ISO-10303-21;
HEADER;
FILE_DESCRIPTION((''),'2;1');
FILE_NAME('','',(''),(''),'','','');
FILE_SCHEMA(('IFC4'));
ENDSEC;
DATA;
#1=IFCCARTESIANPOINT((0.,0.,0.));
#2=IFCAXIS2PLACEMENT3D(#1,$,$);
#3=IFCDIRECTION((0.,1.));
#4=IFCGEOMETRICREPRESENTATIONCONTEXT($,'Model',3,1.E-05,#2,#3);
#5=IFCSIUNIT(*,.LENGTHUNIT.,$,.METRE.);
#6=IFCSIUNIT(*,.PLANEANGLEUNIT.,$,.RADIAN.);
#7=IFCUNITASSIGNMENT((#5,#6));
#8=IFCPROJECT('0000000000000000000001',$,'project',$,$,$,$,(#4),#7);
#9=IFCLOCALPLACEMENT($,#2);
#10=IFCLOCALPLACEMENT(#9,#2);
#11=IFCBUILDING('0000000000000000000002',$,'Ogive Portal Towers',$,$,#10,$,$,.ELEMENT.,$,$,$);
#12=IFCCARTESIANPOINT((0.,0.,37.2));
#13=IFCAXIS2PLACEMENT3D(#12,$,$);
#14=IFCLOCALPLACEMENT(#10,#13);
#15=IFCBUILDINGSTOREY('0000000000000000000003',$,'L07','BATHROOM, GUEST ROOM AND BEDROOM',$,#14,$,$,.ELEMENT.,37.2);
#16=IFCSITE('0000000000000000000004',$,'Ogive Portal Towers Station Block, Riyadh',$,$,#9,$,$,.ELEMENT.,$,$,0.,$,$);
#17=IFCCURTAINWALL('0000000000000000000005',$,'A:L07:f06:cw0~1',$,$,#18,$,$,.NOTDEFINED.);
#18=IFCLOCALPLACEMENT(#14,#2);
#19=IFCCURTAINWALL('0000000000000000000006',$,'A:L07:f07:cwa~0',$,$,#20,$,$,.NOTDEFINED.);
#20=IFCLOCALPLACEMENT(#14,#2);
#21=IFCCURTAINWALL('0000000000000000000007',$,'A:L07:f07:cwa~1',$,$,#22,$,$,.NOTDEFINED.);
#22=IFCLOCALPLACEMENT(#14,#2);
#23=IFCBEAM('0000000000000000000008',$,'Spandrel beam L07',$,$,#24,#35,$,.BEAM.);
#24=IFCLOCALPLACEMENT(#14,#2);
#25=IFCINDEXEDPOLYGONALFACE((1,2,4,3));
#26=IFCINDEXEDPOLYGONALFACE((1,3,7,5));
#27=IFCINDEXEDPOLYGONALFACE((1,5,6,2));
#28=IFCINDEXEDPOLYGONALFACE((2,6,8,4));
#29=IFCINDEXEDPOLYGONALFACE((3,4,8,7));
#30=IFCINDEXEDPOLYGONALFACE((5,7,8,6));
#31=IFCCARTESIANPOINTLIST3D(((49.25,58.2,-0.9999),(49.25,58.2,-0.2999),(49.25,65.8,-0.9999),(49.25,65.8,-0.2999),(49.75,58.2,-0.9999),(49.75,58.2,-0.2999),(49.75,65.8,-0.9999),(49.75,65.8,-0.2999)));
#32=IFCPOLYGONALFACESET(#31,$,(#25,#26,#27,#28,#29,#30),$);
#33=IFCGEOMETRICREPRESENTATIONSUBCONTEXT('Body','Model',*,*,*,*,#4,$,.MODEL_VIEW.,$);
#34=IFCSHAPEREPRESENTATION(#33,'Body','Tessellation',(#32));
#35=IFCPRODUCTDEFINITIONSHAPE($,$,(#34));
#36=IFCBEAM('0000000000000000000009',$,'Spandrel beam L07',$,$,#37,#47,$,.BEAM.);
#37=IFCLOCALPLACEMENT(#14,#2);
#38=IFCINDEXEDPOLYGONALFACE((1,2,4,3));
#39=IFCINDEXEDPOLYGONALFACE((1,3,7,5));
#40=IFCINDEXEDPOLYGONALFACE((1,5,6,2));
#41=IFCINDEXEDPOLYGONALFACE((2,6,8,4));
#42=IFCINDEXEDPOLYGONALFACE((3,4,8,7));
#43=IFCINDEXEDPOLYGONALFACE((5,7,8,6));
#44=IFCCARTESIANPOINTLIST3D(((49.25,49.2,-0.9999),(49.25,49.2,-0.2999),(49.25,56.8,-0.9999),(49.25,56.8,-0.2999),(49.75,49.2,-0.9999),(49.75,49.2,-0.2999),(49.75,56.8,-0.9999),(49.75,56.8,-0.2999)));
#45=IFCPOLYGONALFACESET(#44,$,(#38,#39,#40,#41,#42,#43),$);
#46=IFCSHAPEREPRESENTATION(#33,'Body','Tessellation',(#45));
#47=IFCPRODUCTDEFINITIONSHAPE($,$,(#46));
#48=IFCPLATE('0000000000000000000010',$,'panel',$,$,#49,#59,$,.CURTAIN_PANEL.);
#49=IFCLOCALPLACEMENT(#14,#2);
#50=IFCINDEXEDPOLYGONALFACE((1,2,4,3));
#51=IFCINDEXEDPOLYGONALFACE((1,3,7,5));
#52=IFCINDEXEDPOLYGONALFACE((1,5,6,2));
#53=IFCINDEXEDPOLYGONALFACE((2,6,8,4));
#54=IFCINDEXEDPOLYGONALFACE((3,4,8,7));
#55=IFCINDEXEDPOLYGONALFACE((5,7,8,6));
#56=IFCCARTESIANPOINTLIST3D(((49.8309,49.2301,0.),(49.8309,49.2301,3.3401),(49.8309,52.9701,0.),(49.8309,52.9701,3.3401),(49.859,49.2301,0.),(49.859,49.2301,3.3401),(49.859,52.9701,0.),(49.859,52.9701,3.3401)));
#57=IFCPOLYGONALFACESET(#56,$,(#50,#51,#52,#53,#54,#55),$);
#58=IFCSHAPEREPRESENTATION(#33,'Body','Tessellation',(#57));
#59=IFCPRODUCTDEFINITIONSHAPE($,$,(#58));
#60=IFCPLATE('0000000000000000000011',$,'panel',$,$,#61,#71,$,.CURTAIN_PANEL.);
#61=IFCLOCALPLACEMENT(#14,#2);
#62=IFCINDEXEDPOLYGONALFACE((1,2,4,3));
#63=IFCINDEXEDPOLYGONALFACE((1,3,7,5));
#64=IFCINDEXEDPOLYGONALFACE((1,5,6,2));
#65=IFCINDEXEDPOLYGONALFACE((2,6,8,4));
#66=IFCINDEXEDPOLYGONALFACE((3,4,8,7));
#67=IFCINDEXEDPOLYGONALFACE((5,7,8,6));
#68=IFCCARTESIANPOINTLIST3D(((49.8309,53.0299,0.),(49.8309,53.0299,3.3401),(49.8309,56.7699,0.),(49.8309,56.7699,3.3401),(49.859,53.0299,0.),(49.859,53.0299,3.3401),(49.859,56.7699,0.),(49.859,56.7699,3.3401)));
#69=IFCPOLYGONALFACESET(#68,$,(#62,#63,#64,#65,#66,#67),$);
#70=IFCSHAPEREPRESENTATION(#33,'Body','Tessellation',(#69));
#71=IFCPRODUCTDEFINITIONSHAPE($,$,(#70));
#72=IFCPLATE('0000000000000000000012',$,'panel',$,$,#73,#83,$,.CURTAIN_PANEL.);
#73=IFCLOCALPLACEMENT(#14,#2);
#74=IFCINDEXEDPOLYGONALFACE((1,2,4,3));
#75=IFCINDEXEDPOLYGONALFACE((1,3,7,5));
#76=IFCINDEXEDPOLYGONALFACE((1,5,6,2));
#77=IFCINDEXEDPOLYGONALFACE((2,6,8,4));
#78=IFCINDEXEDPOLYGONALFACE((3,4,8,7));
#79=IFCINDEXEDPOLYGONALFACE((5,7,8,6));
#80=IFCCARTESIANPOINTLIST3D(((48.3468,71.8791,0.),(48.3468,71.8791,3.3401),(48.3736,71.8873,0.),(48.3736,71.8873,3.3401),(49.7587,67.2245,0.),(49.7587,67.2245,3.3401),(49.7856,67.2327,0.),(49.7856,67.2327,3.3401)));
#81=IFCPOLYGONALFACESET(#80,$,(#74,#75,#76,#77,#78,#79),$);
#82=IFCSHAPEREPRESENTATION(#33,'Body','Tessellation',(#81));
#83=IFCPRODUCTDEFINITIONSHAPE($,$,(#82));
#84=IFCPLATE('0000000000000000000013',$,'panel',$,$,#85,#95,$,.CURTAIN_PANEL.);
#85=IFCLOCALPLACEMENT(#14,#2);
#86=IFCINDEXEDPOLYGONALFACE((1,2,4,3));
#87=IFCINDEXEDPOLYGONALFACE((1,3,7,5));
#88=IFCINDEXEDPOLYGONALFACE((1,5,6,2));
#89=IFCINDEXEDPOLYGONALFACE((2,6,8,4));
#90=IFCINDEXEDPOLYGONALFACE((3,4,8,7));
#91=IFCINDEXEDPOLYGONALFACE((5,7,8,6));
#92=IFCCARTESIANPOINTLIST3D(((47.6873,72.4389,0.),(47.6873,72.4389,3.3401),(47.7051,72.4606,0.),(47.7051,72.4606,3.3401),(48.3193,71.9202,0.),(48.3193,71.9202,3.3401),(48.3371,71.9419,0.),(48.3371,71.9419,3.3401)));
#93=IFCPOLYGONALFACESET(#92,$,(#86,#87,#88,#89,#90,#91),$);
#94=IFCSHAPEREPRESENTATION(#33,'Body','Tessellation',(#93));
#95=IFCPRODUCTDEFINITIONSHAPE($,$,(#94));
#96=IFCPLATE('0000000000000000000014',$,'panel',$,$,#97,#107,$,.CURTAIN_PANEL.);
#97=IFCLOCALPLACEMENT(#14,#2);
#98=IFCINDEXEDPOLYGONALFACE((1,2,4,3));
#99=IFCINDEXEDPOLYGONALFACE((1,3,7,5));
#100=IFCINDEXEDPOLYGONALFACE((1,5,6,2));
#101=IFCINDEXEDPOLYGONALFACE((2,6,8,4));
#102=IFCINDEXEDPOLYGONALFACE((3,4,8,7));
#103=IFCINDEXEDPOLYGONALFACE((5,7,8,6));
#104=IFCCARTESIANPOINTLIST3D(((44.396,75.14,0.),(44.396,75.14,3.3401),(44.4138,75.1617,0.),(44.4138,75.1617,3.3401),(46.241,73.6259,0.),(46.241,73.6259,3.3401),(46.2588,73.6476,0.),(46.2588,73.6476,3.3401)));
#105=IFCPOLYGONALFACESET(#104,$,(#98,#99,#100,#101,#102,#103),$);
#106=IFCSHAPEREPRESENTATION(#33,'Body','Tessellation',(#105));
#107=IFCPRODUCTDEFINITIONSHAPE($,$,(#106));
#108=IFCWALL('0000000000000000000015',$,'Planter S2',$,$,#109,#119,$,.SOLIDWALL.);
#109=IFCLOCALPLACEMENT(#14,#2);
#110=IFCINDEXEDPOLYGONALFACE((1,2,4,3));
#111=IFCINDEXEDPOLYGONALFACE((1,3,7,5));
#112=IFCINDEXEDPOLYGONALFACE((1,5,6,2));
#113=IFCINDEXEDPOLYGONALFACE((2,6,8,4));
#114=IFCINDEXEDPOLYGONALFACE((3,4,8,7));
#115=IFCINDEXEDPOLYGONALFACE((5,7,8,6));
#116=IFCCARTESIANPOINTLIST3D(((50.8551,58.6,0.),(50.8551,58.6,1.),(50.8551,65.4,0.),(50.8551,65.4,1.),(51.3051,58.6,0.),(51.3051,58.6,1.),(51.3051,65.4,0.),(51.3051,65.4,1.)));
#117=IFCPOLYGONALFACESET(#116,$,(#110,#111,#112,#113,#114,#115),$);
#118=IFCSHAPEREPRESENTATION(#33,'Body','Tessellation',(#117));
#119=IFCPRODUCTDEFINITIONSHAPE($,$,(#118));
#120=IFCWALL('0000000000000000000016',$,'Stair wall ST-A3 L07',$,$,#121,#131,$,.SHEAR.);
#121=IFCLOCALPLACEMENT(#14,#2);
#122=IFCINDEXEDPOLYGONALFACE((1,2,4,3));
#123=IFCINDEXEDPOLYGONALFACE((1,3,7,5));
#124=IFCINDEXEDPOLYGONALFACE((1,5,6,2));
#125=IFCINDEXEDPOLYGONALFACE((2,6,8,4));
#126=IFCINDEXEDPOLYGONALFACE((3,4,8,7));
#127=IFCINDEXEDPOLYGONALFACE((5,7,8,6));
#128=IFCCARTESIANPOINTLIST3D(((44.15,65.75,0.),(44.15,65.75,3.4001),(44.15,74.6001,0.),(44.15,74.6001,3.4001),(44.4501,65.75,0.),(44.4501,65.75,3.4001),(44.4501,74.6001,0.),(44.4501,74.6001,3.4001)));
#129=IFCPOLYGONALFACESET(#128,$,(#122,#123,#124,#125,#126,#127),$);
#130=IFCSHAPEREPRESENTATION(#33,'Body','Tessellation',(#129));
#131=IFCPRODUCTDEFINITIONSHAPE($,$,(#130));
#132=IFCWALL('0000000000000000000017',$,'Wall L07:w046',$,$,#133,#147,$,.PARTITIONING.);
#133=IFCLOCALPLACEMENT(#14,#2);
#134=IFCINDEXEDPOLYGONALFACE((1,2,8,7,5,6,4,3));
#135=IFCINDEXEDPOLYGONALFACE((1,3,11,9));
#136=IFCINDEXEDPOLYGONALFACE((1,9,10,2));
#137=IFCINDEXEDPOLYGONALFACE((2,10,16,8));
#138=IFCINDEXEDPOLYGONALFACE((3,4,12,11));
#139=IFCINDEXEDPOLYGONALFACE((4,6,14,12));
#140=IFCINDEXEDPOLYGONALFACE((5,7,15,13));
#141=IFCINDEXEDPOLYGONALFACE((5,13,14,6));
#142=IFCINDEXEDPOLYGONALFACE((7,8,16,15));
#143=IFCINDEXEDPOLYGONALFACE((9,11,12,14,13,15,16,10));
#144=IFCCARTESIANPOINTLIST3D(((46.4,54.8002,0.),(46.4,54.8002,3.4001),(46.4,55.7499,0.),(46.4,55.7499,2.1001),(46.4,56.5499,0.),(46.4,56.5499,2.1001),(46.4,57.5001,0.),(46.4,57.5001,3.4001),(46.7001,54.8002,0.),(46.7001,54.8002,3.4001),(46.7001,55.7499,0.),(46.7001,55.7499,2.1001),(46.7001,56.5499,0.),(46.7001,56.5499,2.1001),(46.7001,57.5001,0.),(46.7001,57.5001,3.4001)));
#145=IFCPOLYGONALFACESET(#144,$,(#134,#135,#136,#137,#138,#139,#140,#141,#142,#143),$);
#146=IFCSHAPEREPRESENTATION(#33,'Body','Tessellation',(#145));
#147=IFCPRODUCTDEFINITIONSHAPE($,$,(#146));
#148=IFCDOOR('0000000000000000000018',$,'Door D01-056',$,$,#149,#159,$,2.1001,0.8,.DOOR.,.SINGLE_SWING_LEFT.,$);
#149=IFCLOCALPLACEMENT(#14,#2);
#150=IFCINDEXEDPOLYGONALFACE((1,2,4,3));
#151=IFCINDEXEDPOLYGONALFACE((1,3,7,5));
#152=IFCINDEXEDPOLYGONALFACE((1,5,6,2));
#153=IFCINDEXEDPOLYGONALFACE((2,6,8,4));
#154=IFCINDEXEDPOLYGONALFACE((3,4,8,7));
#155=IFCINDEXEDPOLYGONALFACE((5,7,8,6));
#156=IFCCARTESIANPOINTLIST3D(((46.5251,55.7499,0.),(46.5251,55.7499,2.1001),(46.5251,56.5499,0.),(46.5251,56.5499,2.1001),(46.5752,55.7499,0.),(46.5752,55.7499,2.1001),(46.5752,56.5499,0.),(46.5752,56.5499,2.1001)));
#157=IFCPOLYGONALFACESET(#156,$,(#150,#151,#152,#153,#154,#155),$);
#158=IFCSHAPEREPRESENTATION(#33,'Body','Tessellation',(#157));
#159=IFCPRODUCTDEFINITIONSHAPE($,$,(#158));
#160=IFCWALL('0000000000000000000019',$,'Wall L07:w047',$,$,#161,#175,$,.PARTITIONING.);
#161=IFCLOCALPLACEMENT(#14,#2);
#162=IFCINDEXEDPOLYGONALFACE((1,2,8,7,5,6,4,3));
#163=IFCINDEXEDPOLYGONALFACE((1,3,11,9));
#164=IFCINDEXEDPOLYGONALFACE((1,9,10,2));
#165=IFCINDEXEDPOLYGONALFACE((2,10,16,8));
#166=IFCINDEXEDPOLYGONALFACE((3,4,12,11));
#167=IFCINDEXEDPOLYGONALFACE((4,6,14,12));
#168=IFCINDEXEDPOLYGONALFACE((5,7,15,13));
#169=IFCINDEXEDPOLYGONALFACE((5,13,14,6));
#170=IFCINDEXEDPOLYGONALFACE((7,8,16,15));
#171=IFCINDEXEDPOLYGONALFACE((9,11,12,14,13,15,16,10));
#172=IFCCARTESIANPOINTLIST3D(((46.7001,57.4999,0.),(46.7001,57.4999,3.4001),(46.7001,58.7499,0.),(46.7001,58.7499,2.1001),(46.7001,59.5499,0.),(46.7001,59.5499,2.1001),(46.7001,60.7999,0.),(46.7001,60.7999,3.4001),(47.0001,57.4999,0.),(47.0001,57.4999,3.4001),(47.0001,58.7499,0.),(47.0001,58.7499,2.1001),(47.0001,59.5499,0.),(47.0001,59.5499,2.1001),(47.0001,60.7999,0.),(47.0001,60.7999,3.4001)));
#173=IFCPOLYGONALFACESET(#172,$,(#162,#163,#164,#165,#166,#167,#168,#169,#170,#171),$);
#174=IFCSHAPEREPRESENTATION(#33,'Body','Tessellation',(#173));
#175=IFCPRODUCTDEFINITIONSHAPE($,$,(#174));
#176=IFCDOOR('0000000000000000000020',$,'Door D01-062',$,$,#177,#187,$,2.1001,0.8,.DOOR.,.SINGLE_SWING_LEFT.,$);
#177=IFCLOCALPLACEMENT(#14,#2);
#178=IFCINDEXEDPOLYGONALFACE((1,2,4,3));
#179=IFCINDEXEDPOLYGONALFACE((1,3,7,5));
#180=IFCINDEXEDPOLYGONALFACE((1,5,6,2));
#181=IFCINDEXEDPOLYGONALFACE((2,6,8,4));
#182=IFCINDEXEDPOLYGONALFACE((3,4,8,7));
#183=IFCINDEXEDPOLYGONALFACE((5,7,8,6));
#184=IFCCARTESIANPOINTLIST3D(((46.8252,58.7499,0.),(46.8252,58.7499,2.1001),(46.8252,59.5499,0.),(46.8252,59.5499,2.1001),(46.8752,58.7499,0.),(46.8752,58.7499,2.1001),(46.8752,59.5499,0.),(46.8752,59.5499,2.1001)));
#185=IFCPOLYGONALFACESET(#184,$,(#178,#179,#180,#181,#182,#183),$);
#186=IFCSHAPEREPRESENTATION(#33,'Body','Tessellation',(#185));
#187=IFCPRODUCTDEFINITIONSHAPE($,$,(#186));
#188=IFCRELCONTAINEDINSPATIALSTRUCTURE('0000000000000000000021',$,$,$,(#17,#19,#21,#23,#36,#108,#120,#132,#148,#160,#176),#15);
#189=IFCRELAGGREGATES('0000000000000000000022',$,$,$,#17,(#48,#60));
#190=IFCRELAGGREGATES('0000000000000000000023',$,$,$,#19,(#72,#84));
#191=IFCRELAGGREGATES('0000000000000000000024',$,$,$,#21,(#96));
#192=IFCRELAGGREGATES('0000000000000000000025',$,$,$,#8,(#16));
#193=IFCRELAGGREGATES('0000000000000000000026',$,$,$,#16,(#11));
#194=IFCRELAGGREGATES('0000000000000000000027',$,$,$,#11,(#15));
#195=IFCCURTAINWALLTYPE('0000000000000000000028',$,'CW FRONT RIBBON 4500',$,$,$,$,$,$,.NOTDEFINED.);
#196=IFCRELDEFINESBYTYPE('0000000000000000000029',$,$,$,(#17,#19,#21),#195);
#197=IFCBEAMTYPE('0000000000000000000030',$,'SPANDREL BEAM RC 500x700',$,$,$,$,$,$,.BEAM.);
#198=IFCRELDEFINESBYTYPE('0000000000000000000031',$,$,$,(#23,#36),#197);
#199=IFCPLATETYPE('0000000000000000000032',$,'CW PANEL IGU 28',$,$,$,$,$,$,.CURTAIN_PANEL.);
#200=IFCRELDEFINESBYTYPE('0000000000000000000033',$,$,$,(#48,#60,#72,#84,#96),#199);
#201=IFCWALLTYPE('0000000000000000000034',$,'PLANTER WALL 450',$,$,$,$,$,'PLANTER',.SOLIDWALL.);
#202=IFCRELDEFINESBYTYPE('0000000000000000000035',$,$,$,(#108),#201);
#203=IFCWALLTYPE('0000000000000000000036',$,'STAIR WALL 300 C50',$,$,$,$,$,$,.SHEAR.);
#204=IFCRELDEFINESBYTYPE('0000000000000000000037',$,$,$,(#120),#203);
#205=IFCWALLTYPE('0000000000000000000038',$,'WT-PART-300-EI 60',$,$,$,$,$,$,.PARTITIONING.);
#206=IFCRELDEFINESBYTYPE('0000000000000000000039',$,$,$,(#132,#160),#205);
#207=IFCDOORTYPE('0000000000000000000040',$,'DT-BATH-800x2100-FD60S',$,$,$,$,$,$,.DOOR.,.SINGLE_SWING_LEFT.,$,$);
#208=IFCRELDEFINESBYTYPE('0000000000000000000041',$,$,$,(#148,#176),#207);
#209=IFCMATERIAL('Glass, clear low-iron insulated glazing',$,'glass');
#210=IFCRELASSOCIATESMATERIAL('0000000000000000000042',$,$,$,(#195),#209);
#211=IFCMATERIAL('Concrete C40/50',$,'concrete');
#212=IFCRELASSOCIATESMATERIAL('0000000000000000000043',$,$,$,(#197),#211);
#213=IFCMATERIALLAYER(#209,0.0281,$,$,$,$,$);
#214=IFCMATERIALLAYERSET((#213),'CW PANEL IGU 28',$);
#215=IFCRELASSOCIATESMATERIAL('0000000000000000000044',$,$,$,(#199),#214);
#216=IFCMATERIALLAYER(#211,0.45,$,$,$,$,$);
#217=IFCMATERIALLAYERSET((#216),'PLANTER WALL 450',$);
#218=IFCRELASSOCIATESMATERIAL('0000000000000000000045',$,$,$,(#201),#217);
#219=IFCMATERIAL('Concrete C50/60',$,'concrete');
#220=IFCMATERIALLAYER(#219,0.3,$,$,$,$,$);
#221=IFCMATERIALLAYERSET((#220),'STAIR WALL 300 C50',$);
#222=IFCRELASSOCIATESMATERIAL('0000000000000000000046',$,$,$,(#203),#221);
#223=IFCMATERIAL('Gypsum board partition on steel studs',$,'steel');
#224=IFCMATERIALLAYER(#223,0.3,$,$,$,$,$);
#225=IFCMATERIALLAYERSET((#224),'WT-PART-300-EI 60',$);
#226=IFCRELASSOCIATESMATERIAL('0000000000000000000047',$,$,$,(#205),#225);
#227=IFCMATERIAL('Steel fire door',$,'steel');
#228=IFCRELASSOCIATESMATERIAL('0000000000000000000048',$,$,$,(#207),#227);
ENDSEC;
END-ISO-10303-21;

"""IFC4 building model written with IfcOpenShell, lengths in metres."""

from ifc_helpers import new_model, si_unit, direction, frame, frame_2d, origin, origin_2d, place, context, subcontext, project, spatial, rectangle, extrude, material, layer, layer_set, material_profile, profile_set, type_object, element, fill, aggregate, save


model = new_model("IFC4")

# Units and contexts
model_context = context("Model", 3, precision=1e-05, world=origin(), true_north=direction((0.0, 1.0)))
body_context = subcontext(model_context, "Body", "Model", "MODEL_VIEW")
ifc_project = project(units=[si_unit("LENGTHUNIT", "METRE"), si_unit("PLANEANGLEUNIT", "RADIAN")], contexts=[model_context])

# Site, building, storey
site_placement = place(None, origin())
site = spatial("IfcSite", under=ifc_project, at=site_placement, Name="Ogive Portal Towers Station Block, Riyadh", CompositionType="ELEMENT", RefElevation=0.0)
building_placement = place(site_placement, origin())
building = spatial("IfcBuilding", under=site, at=building_placement, Name="Ogive Portal Towers", CompositionType="ELEMENT")
storey_placement = place(building_placement, frame((0.0, 0.0, 37.2)))
storey = spatial("IfcBuildingStorey", under=building, at=storey_placement, Name="L07", Description="BATHROOM, GUEST ROOM AND BEDROOM", CompositionType="ELEMENT", Elevation=37.2)

# Curtain walls
ifc_material_1 = material(Name="Glass, clear low-iron insulated glazing", Category="glass")
curtain_wall_type = type_object("IfcCurtainWallType", Name="CW FRONT RIBBON 4500", PredefinedType="NOTDEFINED", material=ifc_material_1)
curtain_wall_1_placement = place(storey_placement, origin())
curtain_wall_1 = element("IfcCurtainWall", 1, at=curtain_wall_1_placement, inside=storey, type_object=curtain_wall_type, Name="A:L07:f06:cw0~1", PredefinedType="NOTDEFINED")
curtain_wall_2_placement = place(storey_placement, origin())
curtain_wall_2 = element("IfcCurtainWall", 2, at=curtain_wall_2_placement, inside=storey, type_object=curtain_wall_type, Name="A:L07:f07:cwa~0", PredefinedType="NOTDEFINED")
curtain_wall_3_placement = place(storey_placement, origin())
curtain_wall_3 = element("IfcCurtainWall", 3, at=curtain_wall_3_placement, inside=storey, type_object=curtain_wall_type, Name="A:L07:f07:cwa~1", PredefinedType="NOTDEFINED")

# Beams
ifc_material_2 = material(Name="Concrete C40/50", Category="concrete")
ifc_material_profile_1 = material_profile(ifc_material_2, rectangle(XDim=0.5, YDim=0.7, at=origin_2d()), Name="RC 500x700")
ifc_profile_set_1 = profile_set([ifc_material_profile_1], Name="Concrete C40/50")
beam_type = type_object("IfcBeamType", Name="SPANDREL BEAM RC 500x700", PredefinedType="BEAM", material=ifc_profile_set_1)
for number, where, z_axis, x_axis, name in (
    (4, (49.5, 65.8, -0.6499), (0.0, -1.0, 0.0), (1.0, 0.0, 0.0), "Spandrel beam L07"),
    (5, (49.5, 56.8, -0.6499), (0.0, -1.0, 0.0), (1.0, 0.0, 0.0), "Spandrel beam L07"),
):
    element("IfcBeam", number, at=place(storey_placement, frame(where, z_axis=z_axis, x_axis=x_axis)), inside=storey, type_object=beam_type, Name=name, PredefinedType="BEAM", context=body_context, shape_type="SweptSolid", body=[
        extrude(rectangle(XDim=0.5, YDim=0.7, at=origin_2d()), origin(), (0.0, 0.0, 1.0), 7.6001),
    ])

# Plates
ifc_layer_1 = layer(ifc_material_1, 0.0281)
ifc_layer_set_1 = layer_set([ifc_layer_1], Name="CW PANEL IGU 28")
plate_type = type_object("IfcPlateType", Name="CW PANEL IGU 28", PredefinedType="CURTAIN_PANEL", material=ifc_layer_set_1)
plate_1_placement = place(storey_placement, frame((49.845, 51.1001, 0.0), z_axis=(0.0, 0.0, 1.0), x_axis=(0.0, 1.0, 0.0)))
plate_1 = element("IfcPlate", 6, at=plate_1_placement, type_object=plate_type, Name="panel", PredefinedType="CURTAIN_PANEL", context=body_context, shape_type="SweptSolid", body=[
    extrude(rectangle(XDim=3.74, YDim=0.0281, at=origin_2d()), origin(), (0.0, 0.0, 1.0), 3.3401),
])
plate_2_placement = place(storey_placement, frame((49.845, 54.8999, 0.0), z_axis=(0.0, 0.0, 1.0), x_axis=(0.0, 1.0, 0.0)))
plate_2 = element("IfcPlate", 7, at=plate_2_placement, type_object=plate_type, Name="panel", PredefinedType="CURTAIN_PANEL", context=body_context, shape_type="SweptSolid", body=[
    extrude(rectangle(XDim=3.74, YDim=0.0281, at=origin_2d()), origin(), (0.0, 0.0, 1.0), 3.3401),
])
aggregate(curtain_wall_1, [plate_1, plate_2])
plate_3_placement = place(storey_placement, frame((49.0662, 69.5559, 0.0), z_axis=(0.0, 0.0, 1.0), x_axis=(-0.290285, 0.95694, 0.0)))
plate_3 = element("IfcPlate", 8, at=plate_3_placement, type_object=plate_type, Name="panel", PredefinedType="CURTAIN_PANEL", context=body_context, shape_type="SweptSolid", body=[
    extrude(rectangle(XDim=4.864, YDim=0.0281, at=origin_2d()), origin(), (0.0, 0.0, 1.0), 3.3401),
])
plate_4_placement = place(storey_placement, frame((48.0122, 72.1904, 0.0), z_axis=(0.0, 0.0, 1.0), x_axis=(-0.77301, 0.634393, 0.0)))
plate_4 = element("IfcPlate", 9, at=plate_4_placement, type_object=plate_type, Name="panel", PredefinedType="CURTAIN_PANEL", context=body_context, shape_type="SweptSolid", body=[
    extrude(rectangle(XDim=0.8176, YDim=0.0281, at=origin_2d()), origin(), (0.0, 0.0, 1.0), 3.3401),
])
aggregate(curtain_wall_2, [plate_3, plate_4])
plate_5_placement = place(storey_placement, frame((45.3274, 74.3938, 0.0), z_axis=(0.0, 0.0, 1.0), x_axis=(-0.77301, 0.634393, 0.0)))
plate_5 = element("IfcPlate", 10, at=plate_5_placement, type_object=plate_type, Name="panel", PredefinedType="CURTAIN_PANEL", context=body_context, shape_type="SweptSolid", body=[
    extrude(rectangle(XDim=2.3867, YDim=0.0281, at=origin_2d()), origin(), (0.0, 0.0, 1.0), 3.3401),
])
aggregate(curtain_wall_3, [plate_5])

# Walls
ifc_layer_2 = layer(ifc_material_2, 0.45)
ifc_layer_set_2 = layer_set([ifc_layer_2], Name="PLANTER WALL 450")
wall_type_1 = type_object("IfcWallType", Name="PLANTER WALL 450", ElementType="PLANTER", PredefinedType="SOLIDWALL", material=ifc_layer_set_2)
wall_1_placement = place(storey_placement, frame((51.0801, 62.0, 0.0), z_axis=(0.0, 0.0, 1.0), x_axis=(1.0, 0.0, 0.0)))
element("IfcWall", 11, at=wall_1_placement, inside=storey, type_object=wall_type_1, Name="Planter S2", PredefinedType="SOLIDWALL", context=body_context, shape_type="SweptSolid", body=[
    extrude(rectangle(XDim=0.45, YDim=6.8, at=origin_2d()), origin(), (0.0, 0.0, 1.0), 1.0),
])
ifc_material_3 = material(Name="Concrete C50/60", Category="concrete")
ifc_layer_3 = layer(ifc_material_3, 0.3)
ifc_layer_set_3 = layer_set([ifc_layer_3], Name="STAIR WALL 300 C50")
wall_type_2 = type_object("IfcWallType", Name="STAIR WALL 300 C50", PredefinedType="SHEAR", material=ifc_layer_set_3)
wall_2_placement = place(storey_placement, frame((44.3, 65.75, 0.0), z_axis=(0.0, 0.0, 1.0), x_axis=(0.0, 1.0, 0.0)))
element("IfcWall", 12, at=wall_2_placement, inside=storey, type_object=wall_type_2, Name="Stair wall ST-A3 L07", PredefinedType="SHEAR", context=body_context, shape_type="SweptSolid", body=[
    extrude(rectangle(XDim=8.8501, YDim=0.3, at=frame_2d((4.425, 0.0))), origin(), (0.0, 0.0, 1.0), 3.4001),
])

# Walls, openings, doors
ifc_material_4 = material(Name="Gypsum board partition on steel studs", Category="steel")
ifc_layer_4 = layer(ifc_material_4, 0.3)
ifc_layer_set_4 = layer_set([ifc_layer_4], Name="WT-PART-300-EI 60")
wall_type_3 = type_object("IfcWallType", Name="WT-PART-300-EI 60", PredefinedType="PARTITIONING", material=ifc_layer_set_4)
wall_3_placement = place(storey_placement, frame((46.55, 54.8, 0.0), z_axis=(0.0, 0.0, 1.0), x_axis=(0.0, 1.0, 0.0)))
wall_3 = element("IfcWall", 13, at=wall_3_placement, inside=storey, type_object=wall_type_3, Name="Wall L07:w046", PredefinedType="PARTITIONING", context=body_context, shape_type="SweptSolid", body=[
    extrude(rectangle(XDim=2.7, YDim=0.3, at=frame_2d((1.3501, 0.0))), origin(), (0.0, 0.0, 1.0), 3.4001),
])
opening_1_placement = place(wall_3_placement, frame((0.95, 0.0, 0.0)))
opening_1 = element("IfcOpeningElement", 14, at=opening_1_placement, cuts=wall_3, PredefinedType="OPENING", context=body_context, shape_type="SweptSolid", body=[
    extrude(rectangle(XDim=0.8, YDim=2.1001, at=frame_2d((0.3999, 1.05))), frame((0.0, 0.1602, 0.0), z_axis=(0.0, -1.0, 0.0), x_axis=(1.0, 0.0, 0.0)), (0.0, 0.0, 1.0), 0.3201),
])
ifc_material_5 = material(Name="Steel fire door", Category="steel")
door_type_1 = type_object("IfcDoorType", Name="DT-BATH-800x2100-FD60S", OperationType="SINGLE_SWING_LEFT", PredefinedType="DOOR", material=ifc_material_5)
door_1_placement = place(opening_1_placement, origin())
door_1 = element("IfcDoor", 15, at=door_1_placement, inside=storey, type_object=door_type_1, Name="Door D01-056", OperationType="SINGLE_SWING_LEFT", OverallHeight=2.1001, OverallWidth=0.8, PredefinedType="DOOR", context=body_context, shape_type="SweptSolid", body=[
    extrude(rectangle(XDim=0.8, YDim=2.1001, at=frame_2d((0.3999, 1.05))), frame((0.0, 0.0249, 0.0), z_axis=(0.0, -1.0, 0.0), x_axis=(1.0, 0.0, 0.0)), (0.0, 0.0, 1.0), 0.05),
])
fill(opening_1, door_1)
wall_4_placement = place(storey_placement, frame((46.8501, 57.5, 0.0), z_axis=(0.0, 0.0, 1.0), x_axis=(0.0, 1.0, 0.0)))
wall_4 = element("IfcWall", 16, at=wall_4_placement, inside=storey, type_object=wall_type_3, Name="Wall L07:w047", PredefinedType="PARTITIONING", context=body_context, shape_type="SweptSolid", body=[
    extrude(rectangle(XDim=3.3, YDim=0.3, at=frame_2d((1.6499, 0.0))), origin(), (0.0, 0.0, 1.0), 3.4001),
])
opening_2_placement = place(wall_4_placement, frame((1.25, 0.0, 0.0)))
opening_2 = element("IfcOpeningElement", 17, at=opening_2_placement, cuts=wall_4, PredefinedType="OPENING", context=body_context, shape_type="SweptSolid", body=[
    extrude(rectangle(XDim=0.8, YDim=2.1001, at=frame_2d((0.3999, 1.05))), frame((0.0, 0.1602, 0.0), z_axis=(0.0, -1.0, 0.0), x_axis=(1.0, 0.0, 0.0)), (0.0, 0.0, 1.0), 0.3201),
])
door_2_placement = place(opening_2_placement, origin())
door_2 = element("IfcDoor", 18, at=door_2_placement, inside=storey, type_object=door_type_1, Name="Door D01-062", OperationType="SINGLE_SWING_LEFT", OverallHeight=2.1001, OverallWidth=0.8, PredefinedType="DOOR", context=body_context, shape_type="SweptSolid", body=[
    extrude(rectangle(XDim=0.8, YDim=2.1001, at=frame_2d((0.3999, 1.05))), frame((0.0, 0.0249, 0.0), z_axis=(0.0, -1.0, 0.0), x_axis=(1.0, 0.0, 0.0)), (0.0, 0.0, 1.0), 0.05),
])
fill(opening_2, door_2)

save(model, "model.ifc")
